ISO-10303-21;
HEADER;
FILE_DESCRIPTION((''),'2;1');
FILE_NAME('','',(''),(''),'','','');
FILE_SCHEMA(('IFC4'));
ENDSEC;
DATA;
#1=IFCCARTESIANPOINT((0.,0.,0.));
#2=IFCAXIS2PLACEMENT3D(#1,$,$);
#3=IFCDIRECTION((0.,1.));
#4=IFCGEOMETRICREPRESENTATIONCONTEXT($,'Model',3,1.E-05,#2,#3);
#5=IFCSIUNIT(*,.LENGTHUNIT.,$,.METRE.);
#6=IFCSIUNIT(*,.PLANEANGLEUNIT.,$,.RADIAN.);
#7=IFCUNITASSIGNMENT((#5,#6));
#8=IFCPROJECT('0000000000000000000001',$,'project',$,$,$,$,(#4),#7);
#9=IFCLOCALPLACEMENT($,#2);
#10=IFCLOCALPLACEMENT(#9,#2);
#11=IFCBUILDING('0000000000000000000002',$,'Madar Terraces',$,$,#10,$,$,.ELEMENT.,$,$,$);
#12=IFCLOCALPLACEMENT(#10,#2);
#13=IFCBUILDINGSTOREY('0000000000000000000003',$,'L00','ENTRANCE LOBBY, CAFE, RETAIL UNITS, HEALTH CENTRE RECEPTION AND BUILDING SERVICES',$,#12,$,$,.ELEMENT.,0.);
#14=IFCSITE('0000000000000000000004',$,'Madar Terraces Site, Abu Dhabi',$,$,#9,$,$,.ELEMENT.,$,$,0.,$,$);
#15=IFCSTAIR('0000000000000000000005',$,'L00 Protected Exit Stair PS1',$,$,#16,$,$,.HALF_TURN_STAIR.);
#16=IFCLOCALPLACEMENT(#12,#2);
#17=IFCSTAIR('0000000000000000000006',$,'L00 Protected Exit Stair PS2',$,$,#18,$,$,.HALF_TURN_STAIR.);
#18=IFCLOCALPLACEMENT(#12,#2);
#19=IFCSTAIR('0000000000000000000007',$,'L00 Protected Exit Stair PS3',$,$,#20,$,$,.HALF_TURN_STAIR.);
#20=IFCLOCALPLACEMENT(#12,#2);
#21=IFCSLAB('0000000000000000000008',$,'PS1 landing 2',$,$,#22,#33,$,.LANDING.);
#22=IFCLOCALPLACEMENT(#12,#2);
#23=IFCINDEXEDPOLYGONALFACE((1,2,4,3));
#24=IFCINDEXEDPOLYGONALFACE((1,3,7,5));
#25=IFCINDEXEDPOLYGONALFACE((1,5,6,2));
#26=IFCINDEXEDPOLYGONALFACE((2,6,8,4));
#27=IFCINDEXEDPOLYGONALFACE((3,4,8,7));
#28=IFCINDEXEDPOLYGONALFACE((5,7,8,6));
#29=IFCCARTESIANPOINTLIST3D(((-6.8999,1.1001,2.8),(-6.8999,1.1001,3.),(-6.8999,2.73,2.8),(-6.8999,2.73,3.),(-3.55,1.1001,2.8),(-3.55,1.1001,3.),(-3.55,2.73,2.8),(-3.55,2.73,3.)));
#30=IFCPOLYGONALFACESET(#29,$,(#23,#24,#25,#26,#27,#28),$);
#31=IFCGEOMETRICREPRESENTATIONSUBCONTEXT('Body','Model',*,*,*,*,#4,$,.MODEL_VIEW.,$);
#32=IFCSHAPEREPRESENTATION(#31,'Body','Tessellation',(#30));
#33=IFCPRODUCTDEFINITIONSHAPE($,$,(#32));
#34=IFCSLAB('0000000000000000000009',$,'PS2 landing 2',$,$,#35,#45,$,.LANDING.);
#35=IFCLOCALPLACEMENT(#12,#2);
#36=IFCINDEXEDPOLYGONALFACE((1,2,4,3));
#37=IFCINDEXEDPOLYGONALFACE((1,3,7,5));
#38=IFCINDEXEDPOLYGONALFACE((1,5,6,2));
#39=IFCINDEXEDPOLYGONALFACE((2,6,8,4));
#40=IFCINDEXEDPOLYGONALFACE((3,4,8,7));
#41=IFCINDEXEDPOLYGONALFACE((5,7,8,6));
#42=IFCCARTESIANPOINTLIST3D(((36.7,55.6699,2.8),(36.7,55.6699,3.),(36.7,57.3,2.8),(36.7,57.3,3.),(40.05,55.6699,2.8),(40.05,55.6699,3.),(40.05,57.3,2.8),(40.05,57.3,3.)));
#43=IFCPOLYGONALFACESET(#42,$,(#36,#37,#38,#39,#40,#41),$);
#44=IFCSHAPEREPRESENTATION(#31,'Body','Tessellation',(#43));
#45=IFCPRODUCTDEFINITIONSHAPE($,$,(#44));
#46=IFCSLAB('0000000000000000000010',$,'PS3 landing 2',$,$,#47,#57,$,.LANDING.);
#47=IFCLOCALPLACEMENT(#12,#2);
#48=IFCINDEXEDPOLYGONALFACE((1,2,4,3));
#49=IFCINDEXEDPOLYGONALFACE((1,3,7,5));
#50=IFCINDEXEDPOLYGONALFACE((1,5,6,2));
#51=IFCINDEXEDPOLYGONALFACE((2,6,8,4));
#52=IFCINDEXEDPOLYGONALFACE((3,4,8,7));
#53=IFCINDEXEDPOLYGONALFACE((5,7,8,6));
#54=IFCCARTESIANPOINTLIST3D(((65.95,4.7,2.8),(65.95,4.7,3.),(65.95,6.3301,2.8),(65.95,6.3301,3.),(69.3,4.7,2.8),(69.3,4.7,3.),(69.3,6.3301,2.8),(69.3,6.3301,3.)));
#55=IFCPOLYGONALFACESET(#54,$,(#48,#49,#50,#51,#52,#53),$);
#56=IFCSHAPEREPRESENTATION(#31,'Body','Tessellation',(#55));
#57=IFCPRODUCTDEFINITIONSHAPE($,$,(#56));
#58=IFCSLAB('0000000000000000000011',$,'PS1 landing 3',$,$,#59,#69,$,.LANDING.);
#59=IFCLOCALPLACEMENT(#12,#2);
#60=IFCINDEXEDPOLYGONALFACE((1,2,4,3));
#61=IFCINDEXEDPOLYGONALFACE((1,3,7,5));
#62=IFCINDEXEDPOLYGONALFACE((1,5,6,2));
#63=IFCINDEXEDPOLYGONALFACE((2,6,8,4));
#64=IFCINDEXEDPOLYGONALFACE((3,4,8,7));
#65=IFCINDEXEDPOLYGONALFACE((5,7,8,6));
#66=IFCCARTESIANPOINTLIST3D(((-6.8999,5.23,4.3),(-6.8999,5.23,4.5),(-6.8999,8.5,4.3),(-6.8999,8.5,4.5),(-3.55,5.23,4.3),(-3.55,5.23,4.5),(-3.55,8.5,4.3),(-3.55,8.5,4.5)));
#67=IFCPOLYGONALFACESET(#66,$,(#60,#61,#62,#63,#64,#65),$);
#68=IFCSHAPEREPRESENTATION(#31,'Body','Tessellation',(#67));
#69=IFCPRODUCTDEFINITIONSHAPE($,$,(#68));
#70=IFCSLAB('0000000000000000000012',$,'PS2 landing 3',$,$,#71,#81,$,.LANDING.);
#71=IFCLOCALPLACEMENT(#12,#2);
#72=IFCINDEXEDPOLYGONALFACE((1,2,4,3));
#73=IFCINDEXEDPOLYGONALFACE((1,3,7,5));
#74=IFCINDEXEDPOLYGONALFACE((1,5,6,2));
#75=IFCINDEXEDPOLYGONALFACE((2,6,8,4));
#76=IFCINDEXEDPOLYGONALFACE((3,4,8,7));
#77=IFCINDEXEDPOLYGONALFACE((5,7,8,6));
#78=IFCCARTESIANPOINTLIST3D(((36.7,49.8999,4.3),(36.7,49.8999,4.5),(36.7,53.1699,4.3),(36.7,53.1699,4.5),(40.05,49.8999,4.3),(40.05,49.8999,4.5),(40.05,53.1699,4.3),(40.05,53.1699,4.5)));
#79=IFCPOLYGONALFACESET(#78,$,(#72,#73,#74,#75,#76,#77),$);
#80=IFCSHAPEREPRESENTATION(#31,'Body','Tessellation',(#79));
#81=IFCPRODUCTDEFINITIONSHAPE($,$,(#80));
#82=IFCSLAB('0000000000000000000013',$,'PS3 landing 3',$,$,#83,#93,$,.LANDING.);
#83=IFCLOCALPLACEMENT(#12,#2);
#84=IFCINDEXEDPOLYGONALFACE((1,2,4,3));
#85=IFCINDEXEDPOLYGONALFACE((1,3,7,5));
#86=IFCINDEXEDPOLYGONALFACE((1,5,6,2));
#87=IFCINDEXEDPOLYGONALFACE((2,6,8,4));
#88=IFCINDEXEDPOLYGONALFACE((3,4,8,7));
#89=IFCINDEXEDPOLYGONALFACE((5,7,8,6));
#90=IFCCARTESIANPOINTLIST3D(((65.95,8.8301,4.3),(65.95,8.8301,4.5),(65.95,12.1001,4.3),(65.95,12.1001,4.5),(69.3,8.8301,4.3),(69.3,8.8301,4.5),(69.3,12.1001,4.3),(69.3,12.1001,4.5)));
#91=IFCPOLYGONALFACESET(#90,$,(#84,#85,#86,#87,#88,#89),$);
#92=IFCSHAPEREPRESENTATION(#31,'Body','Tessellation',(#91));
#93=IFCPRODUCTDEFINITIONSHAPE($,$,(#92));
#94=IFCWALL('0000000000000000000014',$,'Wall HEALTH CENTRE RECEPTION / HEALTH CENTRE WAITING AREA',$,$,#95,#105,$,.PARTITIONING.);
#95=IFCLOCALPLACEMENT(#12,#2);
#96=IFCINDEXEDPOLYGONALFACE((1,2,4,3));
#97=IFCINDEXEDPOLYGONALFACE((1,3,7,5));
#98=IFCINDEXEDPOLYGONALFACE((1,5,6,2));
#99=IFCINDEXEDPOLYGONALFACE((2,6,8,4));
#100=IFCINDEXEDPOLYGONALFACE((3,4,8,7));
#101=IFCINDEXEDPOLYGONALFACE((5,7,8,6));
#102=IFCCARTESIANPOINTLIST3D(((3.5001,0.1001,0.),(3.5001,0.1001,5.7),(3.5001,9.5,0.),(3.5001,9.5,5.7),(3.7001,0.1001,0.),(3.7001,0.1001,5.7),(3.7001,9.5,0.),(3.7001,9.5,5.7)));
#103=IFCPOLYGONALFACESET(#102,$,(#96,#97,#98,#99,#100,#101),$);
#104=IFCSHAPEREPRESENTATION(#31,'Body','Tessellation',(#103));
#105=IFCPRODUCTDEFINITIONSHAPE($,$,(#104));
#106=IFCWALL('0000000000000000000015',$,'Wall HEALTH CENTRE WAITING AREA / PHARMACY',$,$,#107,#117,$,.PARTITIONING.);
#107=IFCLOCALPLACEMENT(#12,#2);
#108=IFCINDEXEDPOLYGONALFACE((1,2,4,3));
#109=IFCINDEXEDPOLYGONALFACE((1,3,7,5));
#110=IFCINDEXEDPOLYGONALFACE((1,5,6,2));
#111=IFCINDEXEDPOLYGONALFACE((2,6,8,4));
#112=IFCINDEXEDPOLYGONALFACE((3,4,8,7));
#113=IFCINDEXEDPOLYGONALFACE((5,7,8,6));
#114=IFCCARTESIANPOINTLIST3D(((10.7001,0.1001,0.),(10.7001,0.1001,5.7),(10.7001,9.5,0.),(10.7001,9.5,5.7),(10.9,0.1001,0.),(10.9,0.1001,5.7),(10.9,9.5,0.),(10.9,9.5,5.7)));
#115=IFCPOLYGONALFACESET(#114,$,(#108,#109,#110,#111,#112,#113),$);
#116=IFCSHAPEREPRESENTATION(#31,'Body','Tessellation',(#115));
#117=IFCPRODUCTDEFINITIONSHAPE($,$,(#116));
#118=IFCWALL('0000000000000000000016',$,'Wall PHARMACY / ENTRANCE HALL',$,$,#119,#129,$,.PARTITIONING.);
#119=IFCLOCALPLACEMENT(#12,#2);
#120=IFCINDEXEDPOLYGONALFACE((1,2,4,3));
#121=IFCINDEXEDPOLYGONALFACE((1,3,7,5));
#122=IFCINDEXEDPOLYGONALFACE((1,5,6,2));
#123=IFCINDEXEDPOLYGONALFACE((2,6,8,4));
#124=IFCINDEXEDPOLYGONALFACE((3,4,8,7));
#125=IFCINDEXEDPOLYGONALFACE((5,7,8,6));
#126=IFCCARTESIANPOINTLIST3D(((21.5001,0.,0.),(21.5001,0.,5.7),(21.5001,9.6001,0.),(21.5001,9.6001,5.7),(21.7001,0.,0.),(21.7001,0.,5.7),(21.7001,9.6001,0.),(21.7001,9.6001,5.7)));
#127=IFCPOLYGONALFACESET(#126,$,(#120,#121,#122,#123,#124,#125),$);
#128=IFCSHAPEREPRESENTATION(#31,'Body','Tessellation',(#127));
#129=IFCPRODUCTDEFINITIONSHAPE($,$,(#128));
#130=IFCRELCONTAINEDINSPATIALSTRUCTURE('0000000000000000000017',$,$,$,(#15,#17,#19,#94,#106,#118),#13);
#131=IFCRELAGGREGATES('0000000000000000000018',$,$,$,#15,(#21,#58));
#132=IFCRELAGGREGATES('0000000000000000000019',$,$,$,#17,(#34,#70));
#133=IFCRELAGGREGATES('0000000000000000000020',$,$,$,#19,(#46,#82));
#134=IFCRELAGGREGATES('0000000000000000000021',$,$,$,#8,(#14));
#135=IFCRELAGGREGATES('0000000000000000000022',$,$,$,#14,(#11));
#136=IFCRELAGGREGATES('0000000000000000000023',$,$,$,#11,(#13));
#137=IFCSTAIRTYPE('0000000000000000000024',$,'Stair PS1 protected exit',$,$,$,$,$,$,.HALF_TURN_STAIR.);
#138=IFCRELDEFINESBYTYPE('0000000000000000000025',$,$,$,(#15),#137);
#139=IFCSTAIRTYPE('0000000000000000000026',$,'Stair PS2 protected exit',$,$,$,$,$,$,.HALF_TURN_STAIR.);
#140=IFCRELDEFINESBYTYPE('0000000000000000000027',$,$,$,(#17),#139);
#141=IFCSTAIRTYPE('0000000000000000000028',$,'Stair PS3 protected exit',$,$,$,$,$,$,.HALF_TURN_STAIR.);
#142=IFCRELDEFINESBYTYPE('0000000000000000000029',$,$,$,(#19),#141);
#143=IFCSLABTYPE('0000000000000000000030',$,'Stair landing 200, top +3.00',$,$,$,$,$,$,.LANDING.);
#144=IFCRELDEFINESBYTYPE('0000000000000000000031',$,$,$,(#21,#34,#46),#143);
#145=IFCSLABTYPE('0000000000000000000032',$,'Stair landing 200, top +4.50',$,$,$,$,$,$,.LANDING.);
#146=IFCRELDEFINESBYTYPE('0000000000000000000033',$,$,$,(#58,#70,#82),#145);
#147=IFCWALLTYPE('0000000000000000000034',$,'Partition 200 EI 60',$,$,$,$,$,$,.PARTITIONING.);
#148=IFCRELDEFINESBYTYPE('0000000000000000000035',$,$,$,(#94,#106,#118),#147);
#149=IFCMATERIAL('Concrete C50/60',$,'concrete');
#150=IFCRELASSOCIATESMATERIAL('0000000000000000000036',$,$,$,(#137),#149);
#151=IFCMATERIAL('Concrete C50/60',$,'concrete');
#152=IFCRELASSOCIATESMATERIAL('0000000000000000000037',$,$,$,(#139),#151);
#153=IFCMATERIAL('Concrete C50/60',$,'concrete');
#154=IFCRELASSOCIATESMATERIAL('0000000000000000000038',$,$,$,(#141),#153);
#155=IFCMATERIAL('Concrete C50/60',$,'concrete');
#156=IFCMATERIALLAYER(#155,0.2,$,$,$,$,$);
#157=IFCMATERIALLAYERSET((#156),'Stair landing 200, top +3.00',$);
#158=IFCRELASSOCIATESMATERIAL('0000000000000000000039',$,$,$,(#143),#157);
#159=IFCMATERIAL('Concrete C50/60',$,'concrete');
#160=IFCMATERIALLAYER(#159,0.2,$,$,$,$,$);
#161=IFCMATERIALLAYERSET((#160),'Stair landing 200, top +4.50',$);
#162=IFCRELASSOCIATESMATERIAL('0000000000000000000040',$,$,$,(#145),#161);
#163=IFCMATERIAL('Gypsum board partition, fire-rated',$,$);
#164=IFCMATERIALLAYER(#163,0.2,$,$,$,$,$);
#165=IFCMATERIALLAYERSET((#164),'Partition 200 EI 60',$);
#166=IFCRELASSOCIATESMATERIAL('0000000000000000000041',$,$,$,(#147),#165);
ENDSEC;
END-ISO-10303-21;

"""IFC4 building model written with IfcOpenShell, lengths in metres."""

from ifc_helpers import new_model, si_unit, direction, frame, frame_2d, origin, place, context, subcontext, project, spatial, polyline, rectangle, outline, extrude, material, layer, layer_set, type_object, element, aggregate, save


model = new_model("IFC4")

# Units and contexts
model_context = context("Model", 3, precision=1e-05, world=origin(), true_north=direction((0.0, 1.0)))
body_context = subcontext(model_context, "Body", "Model", "MODEL_VIEW")
ifc_project = project(units=[si_unit("LENGTHUNIT", "METRE"), si_unit("PLANEANGLEUNIT", "RADIAN")], contexts=[model_context])

# Site, building, storey
site_placement = place(None, origin())
site = spatial("IfcSite", under=ifc_project, at=site_placement, Name="Madar Terraces Site, Abu Dhabi", CompositionType="ELEMENT", RefElevation=0.0)
building_placement = place(site_placement, origin())
building = spatial("IfcBuilding", under=site, at=building_placement, Name="Madar Terraces", CompositionType="ELEMENT")
storey_placement = place(building_placement, origin())
storey = spatial("IfcBuildingStorey", under=building, at=storey_placement, Name="L00", Description="ENTRANCE LOBBY, CAFE, RETAIL UNITS, HEALTH CENTRE RECEPTION AND BUILDING SERVICES", CompositionType="ELEMENT", Elevation=0.0)

# Stairs
ifc_material_1 = material(Name="Concrete C50/60", Category="concrete")
stair_type_1 = type_object("IfcStairType", Name="Stair PS1 protected exit", PredefinedType="HALF_TURN_STAIR", material=ifc_material_1)
stair_1_placement = place(storey_placement, origin())
stair_1 = element("IfcStair", 1, at=stair_1_placement, inside=storey, type_object=stair_type_1, Name="L00 Protected Exit Stair PS1", PredefinedType="HALF_TURN_STAIR")
ifc_material_2 = material(Name="Concrete C50/60", Category="concrete")
stair_type_2 = type_object("IfcStairType", Name="Stair PS2 protected exit", PredefinedType="HALF_TURN_STAIR", material=ifc_material_2)
stair_2_placement = place(storey_placement, origin())
stair_2 = element("IfcStair", 2, at=stair_2_placement, inside=storey, type_object=stair_type_2, Name="L00 Protected Exit Stair PS2", PredefinedType="HALF_TURN_STAIR")
ifc_material_3 = material(Name="Concrete C50/60", Category="concrete")
stair_type_3 = type_object("IfcStairType", Name="Stair PS3 protected exit", PredefinedType="HALF_TURN_STAIR", material=ifc_material_3)
stair_3_placement = place(storey_placement, origin())
stair_3 = element("IfcStair", 3, at=stair_3_placement, inside=storey, type_object=stair_type_3, Name="L00 Protected Exit Stair PS3", PredefinedType="HALF_TURN_STAIR")

# Slabs
ifc_material_4 = material(Name="Concrete C50/60", Category="concrete")
ifc_layer_1 = layer(ifc_material_4, 0.2)
ifc_layer_set_1 = layer_set([ifc_layer_1], Name="Stair landing 200, top +3.00")
slab_type_1 = type_object("IfcSlabType", Name="Stair landing 200, top +3.00", PredefinedType="LANDING", material=ifc_layer_set_1)
slab_1_placement = place(storey_placement, frame((0.0, 0.0, 2.8)))
slab_1 = element("IfcSlab", 4, at=slab_1_placement, type_object=slab_type_1, Name="PS1 landing 2", PredefinedType="LANDING", context=body_context, shape_type="SweptSolid", body=[
    extrude(outline(polyline([(-6.8999, 1.1001), (-3.55, 1.1001), (-3.55, 2.73), (-6.8999, 2.73), (-6.8999, 1.1001)])), origin(), (0.0, 0.0, 1.0), 0.2),
])
slab_2_placement = place(storey_placement, frame((0.0, 0.0, 2.8)))
slab_2 = element("IfcSlab", 5, at=slab_2_placement, type_object=slab_type_1, Name="PS2 landing 2", PredefinedType="LANDING", context=body_context, shape_type="SweptSolid", body=[
    extrude(outline(polyline([(36.7, 55.6699), (40.05, 55.6699), (40.05, 57.3), (36.7, 57.3), (36.7, 55.6699)])), origin(), (0.0, 0.0, 1.0), 0.2),
])
slab_3_placement = place(storey_placement, frame((0.0, 0.0, 2.8)))
slab_3 = element("IfcSlab", 6, at=slab_3_placement, type_object=slab_type_1, Name="PS3 landing 2", PredefinedType="LANDING", context=body_context, shape_type="SweptSolid", body=[
    extrude(outline(polyline([(65.95, 4.7), (69.3, 4.7), (69.3, 6.3301), (65.95, 6.3301), (65.95, 4.7)])), origin(), (0.0, 0.0, 1.0), 0.2),
])
ifc_material_5 = material(Name="Concrete C50/60", Category="concrete")
ifc_layer_2 = layer(ifc_material_5, 0.2)
ifc_layer_set_2 = layer_set([ifc_layer_2], Name="Stair landing 200, top +4.50")
slab_type_2 = type_object("IfcSlabType", Name="Stair landing 200, top +4.50", PredefinedType="LANDING", material=ifc_layer_set_2)
slab_4_placement = place(storey_placement, frame((0.0, 0.0, 4.3)))
slab_4 = element("IfcSlab", 7, at=slab_4_placement, type_object=slab_type_2, Name="PS1 landing 3", PredefinedType="LANDING", context=body_context, shape_type="SweptSolid", body=[
    extrude(outline(polyline([(-6.8999, 5.23), (-3.55, 5.23), (-3.55, 8.5), (-6.8999, 8.5), (-6.8999, 5.23)])), origin(), (0.0, 0.0, 1.0), 0.2),
])
aggregate(stair_1, [slab_1, slab_4])
slab_5_placement = place(storey_placement, frame((0.0, 0.0, 4.3)))
slab_5 = element("IfcSlab", 8, at=slab_5_placement, type_object=slab_type_2, Name="PS2 landing 3", PredefinedType="LANDING", context=body_context, shape_type="SweptSolid", body=[
    extrude(outline(polyline([(36.7, 49.8999), (40.05, 49.8999), (40.05, 53.1699), (36.7, 53.1699), (36.7, 49.8999)])), origin(), (0.0, 0.0, 1.0), 0.2),
])
aggregate(stair_2, [slab_2, slab_5])
slab_6_placement = place(storey_placement, frame((0.0, 0.0, 4.3)))
slab_6 = element("IfcSlab", 9, at=slab_6_placement, type_object=slab_type_2, Name="PS3 landing 3", PredefinedType="LANDING", context=body_context, shape_type="SweptSolid", body=[
    extrude(outline(polyline([(65.95, 8.8301), (69.3, 8.8301), (69.3, 12.1001), (65.95, 12.1001), (65.95, 8.8301)])), origin(), (0.0, 0.0, 1.0), 0.2),
])
aggregate(stair_3, [slab_3, slab_6])

# Walls
ifc_material_6 = material(Name="Gypsum board partition, fire-rated")
ifc_layer_3 = layer(ifc_material_6, 0.2)
ifc_layer_set_3 = layer_set([ifc_layer_3], Name="Partition 200 EI 60")
wall_type = type_object("IfcWallType", Name="Partition 200 EI 60", PredefinedType="PARTITIONING", material=ifc_layer_set_3)
for number, where, z_axis, x_axis, name in (
    (10, (3.6001, 0.1001, 0.0), (0.0, 0.0, 1.0), (0.0, 1.0, 0.0), "Wall HEALTH CENTRE RECEPTION / HEALTH CENTRE WAITING AREA"),
    (11, (10.8, 0.1001, 0.0), (0.0, 0.0, 1.0), (0.0, 1.0, 0.0), "Wall HEALTH CENTRE WAITING AREA / PHARMACY"),
):
    element("IfcWall", number, at=place(storey_placement, frame(where, z_axis=z_axis, x_axis=x_axis)), inside=storey, type_object=wall_type, Name=name, PredefinedType="PARTITIONING", context=body_context, shape_type="SweptSolid", body=[
        extrude(rectangle(XDim=9.3999, YDim=0.2, at=frame_2d((4.7, 0.0))), origin(), (0.0, 0.0, 1.0), 5.7),
    ])
wall_placement = place(storey_placement, frame((21.6001, 0.0, 0.0), z_axis=(0.0, 0.0, 1.0), x_axis=(0.0, 1.0, 0.0)))
element("IfcWall", 12, at=wall_placement, inside=storey, type_object=wall_type, Name="Wall PHARMACY / ENTRANCE HALL", PredefinedType="PARTITIONING", context=body_context, shape_type="SweptSolid", body=[
    extrude(rectangle(XDim=9.6001, YDim=0.2, at=frame_2d((4.8, 0.0))), origin(), (0.0, 0.0, 1.0), 5.7),
])

save(model, "model.ifc")
